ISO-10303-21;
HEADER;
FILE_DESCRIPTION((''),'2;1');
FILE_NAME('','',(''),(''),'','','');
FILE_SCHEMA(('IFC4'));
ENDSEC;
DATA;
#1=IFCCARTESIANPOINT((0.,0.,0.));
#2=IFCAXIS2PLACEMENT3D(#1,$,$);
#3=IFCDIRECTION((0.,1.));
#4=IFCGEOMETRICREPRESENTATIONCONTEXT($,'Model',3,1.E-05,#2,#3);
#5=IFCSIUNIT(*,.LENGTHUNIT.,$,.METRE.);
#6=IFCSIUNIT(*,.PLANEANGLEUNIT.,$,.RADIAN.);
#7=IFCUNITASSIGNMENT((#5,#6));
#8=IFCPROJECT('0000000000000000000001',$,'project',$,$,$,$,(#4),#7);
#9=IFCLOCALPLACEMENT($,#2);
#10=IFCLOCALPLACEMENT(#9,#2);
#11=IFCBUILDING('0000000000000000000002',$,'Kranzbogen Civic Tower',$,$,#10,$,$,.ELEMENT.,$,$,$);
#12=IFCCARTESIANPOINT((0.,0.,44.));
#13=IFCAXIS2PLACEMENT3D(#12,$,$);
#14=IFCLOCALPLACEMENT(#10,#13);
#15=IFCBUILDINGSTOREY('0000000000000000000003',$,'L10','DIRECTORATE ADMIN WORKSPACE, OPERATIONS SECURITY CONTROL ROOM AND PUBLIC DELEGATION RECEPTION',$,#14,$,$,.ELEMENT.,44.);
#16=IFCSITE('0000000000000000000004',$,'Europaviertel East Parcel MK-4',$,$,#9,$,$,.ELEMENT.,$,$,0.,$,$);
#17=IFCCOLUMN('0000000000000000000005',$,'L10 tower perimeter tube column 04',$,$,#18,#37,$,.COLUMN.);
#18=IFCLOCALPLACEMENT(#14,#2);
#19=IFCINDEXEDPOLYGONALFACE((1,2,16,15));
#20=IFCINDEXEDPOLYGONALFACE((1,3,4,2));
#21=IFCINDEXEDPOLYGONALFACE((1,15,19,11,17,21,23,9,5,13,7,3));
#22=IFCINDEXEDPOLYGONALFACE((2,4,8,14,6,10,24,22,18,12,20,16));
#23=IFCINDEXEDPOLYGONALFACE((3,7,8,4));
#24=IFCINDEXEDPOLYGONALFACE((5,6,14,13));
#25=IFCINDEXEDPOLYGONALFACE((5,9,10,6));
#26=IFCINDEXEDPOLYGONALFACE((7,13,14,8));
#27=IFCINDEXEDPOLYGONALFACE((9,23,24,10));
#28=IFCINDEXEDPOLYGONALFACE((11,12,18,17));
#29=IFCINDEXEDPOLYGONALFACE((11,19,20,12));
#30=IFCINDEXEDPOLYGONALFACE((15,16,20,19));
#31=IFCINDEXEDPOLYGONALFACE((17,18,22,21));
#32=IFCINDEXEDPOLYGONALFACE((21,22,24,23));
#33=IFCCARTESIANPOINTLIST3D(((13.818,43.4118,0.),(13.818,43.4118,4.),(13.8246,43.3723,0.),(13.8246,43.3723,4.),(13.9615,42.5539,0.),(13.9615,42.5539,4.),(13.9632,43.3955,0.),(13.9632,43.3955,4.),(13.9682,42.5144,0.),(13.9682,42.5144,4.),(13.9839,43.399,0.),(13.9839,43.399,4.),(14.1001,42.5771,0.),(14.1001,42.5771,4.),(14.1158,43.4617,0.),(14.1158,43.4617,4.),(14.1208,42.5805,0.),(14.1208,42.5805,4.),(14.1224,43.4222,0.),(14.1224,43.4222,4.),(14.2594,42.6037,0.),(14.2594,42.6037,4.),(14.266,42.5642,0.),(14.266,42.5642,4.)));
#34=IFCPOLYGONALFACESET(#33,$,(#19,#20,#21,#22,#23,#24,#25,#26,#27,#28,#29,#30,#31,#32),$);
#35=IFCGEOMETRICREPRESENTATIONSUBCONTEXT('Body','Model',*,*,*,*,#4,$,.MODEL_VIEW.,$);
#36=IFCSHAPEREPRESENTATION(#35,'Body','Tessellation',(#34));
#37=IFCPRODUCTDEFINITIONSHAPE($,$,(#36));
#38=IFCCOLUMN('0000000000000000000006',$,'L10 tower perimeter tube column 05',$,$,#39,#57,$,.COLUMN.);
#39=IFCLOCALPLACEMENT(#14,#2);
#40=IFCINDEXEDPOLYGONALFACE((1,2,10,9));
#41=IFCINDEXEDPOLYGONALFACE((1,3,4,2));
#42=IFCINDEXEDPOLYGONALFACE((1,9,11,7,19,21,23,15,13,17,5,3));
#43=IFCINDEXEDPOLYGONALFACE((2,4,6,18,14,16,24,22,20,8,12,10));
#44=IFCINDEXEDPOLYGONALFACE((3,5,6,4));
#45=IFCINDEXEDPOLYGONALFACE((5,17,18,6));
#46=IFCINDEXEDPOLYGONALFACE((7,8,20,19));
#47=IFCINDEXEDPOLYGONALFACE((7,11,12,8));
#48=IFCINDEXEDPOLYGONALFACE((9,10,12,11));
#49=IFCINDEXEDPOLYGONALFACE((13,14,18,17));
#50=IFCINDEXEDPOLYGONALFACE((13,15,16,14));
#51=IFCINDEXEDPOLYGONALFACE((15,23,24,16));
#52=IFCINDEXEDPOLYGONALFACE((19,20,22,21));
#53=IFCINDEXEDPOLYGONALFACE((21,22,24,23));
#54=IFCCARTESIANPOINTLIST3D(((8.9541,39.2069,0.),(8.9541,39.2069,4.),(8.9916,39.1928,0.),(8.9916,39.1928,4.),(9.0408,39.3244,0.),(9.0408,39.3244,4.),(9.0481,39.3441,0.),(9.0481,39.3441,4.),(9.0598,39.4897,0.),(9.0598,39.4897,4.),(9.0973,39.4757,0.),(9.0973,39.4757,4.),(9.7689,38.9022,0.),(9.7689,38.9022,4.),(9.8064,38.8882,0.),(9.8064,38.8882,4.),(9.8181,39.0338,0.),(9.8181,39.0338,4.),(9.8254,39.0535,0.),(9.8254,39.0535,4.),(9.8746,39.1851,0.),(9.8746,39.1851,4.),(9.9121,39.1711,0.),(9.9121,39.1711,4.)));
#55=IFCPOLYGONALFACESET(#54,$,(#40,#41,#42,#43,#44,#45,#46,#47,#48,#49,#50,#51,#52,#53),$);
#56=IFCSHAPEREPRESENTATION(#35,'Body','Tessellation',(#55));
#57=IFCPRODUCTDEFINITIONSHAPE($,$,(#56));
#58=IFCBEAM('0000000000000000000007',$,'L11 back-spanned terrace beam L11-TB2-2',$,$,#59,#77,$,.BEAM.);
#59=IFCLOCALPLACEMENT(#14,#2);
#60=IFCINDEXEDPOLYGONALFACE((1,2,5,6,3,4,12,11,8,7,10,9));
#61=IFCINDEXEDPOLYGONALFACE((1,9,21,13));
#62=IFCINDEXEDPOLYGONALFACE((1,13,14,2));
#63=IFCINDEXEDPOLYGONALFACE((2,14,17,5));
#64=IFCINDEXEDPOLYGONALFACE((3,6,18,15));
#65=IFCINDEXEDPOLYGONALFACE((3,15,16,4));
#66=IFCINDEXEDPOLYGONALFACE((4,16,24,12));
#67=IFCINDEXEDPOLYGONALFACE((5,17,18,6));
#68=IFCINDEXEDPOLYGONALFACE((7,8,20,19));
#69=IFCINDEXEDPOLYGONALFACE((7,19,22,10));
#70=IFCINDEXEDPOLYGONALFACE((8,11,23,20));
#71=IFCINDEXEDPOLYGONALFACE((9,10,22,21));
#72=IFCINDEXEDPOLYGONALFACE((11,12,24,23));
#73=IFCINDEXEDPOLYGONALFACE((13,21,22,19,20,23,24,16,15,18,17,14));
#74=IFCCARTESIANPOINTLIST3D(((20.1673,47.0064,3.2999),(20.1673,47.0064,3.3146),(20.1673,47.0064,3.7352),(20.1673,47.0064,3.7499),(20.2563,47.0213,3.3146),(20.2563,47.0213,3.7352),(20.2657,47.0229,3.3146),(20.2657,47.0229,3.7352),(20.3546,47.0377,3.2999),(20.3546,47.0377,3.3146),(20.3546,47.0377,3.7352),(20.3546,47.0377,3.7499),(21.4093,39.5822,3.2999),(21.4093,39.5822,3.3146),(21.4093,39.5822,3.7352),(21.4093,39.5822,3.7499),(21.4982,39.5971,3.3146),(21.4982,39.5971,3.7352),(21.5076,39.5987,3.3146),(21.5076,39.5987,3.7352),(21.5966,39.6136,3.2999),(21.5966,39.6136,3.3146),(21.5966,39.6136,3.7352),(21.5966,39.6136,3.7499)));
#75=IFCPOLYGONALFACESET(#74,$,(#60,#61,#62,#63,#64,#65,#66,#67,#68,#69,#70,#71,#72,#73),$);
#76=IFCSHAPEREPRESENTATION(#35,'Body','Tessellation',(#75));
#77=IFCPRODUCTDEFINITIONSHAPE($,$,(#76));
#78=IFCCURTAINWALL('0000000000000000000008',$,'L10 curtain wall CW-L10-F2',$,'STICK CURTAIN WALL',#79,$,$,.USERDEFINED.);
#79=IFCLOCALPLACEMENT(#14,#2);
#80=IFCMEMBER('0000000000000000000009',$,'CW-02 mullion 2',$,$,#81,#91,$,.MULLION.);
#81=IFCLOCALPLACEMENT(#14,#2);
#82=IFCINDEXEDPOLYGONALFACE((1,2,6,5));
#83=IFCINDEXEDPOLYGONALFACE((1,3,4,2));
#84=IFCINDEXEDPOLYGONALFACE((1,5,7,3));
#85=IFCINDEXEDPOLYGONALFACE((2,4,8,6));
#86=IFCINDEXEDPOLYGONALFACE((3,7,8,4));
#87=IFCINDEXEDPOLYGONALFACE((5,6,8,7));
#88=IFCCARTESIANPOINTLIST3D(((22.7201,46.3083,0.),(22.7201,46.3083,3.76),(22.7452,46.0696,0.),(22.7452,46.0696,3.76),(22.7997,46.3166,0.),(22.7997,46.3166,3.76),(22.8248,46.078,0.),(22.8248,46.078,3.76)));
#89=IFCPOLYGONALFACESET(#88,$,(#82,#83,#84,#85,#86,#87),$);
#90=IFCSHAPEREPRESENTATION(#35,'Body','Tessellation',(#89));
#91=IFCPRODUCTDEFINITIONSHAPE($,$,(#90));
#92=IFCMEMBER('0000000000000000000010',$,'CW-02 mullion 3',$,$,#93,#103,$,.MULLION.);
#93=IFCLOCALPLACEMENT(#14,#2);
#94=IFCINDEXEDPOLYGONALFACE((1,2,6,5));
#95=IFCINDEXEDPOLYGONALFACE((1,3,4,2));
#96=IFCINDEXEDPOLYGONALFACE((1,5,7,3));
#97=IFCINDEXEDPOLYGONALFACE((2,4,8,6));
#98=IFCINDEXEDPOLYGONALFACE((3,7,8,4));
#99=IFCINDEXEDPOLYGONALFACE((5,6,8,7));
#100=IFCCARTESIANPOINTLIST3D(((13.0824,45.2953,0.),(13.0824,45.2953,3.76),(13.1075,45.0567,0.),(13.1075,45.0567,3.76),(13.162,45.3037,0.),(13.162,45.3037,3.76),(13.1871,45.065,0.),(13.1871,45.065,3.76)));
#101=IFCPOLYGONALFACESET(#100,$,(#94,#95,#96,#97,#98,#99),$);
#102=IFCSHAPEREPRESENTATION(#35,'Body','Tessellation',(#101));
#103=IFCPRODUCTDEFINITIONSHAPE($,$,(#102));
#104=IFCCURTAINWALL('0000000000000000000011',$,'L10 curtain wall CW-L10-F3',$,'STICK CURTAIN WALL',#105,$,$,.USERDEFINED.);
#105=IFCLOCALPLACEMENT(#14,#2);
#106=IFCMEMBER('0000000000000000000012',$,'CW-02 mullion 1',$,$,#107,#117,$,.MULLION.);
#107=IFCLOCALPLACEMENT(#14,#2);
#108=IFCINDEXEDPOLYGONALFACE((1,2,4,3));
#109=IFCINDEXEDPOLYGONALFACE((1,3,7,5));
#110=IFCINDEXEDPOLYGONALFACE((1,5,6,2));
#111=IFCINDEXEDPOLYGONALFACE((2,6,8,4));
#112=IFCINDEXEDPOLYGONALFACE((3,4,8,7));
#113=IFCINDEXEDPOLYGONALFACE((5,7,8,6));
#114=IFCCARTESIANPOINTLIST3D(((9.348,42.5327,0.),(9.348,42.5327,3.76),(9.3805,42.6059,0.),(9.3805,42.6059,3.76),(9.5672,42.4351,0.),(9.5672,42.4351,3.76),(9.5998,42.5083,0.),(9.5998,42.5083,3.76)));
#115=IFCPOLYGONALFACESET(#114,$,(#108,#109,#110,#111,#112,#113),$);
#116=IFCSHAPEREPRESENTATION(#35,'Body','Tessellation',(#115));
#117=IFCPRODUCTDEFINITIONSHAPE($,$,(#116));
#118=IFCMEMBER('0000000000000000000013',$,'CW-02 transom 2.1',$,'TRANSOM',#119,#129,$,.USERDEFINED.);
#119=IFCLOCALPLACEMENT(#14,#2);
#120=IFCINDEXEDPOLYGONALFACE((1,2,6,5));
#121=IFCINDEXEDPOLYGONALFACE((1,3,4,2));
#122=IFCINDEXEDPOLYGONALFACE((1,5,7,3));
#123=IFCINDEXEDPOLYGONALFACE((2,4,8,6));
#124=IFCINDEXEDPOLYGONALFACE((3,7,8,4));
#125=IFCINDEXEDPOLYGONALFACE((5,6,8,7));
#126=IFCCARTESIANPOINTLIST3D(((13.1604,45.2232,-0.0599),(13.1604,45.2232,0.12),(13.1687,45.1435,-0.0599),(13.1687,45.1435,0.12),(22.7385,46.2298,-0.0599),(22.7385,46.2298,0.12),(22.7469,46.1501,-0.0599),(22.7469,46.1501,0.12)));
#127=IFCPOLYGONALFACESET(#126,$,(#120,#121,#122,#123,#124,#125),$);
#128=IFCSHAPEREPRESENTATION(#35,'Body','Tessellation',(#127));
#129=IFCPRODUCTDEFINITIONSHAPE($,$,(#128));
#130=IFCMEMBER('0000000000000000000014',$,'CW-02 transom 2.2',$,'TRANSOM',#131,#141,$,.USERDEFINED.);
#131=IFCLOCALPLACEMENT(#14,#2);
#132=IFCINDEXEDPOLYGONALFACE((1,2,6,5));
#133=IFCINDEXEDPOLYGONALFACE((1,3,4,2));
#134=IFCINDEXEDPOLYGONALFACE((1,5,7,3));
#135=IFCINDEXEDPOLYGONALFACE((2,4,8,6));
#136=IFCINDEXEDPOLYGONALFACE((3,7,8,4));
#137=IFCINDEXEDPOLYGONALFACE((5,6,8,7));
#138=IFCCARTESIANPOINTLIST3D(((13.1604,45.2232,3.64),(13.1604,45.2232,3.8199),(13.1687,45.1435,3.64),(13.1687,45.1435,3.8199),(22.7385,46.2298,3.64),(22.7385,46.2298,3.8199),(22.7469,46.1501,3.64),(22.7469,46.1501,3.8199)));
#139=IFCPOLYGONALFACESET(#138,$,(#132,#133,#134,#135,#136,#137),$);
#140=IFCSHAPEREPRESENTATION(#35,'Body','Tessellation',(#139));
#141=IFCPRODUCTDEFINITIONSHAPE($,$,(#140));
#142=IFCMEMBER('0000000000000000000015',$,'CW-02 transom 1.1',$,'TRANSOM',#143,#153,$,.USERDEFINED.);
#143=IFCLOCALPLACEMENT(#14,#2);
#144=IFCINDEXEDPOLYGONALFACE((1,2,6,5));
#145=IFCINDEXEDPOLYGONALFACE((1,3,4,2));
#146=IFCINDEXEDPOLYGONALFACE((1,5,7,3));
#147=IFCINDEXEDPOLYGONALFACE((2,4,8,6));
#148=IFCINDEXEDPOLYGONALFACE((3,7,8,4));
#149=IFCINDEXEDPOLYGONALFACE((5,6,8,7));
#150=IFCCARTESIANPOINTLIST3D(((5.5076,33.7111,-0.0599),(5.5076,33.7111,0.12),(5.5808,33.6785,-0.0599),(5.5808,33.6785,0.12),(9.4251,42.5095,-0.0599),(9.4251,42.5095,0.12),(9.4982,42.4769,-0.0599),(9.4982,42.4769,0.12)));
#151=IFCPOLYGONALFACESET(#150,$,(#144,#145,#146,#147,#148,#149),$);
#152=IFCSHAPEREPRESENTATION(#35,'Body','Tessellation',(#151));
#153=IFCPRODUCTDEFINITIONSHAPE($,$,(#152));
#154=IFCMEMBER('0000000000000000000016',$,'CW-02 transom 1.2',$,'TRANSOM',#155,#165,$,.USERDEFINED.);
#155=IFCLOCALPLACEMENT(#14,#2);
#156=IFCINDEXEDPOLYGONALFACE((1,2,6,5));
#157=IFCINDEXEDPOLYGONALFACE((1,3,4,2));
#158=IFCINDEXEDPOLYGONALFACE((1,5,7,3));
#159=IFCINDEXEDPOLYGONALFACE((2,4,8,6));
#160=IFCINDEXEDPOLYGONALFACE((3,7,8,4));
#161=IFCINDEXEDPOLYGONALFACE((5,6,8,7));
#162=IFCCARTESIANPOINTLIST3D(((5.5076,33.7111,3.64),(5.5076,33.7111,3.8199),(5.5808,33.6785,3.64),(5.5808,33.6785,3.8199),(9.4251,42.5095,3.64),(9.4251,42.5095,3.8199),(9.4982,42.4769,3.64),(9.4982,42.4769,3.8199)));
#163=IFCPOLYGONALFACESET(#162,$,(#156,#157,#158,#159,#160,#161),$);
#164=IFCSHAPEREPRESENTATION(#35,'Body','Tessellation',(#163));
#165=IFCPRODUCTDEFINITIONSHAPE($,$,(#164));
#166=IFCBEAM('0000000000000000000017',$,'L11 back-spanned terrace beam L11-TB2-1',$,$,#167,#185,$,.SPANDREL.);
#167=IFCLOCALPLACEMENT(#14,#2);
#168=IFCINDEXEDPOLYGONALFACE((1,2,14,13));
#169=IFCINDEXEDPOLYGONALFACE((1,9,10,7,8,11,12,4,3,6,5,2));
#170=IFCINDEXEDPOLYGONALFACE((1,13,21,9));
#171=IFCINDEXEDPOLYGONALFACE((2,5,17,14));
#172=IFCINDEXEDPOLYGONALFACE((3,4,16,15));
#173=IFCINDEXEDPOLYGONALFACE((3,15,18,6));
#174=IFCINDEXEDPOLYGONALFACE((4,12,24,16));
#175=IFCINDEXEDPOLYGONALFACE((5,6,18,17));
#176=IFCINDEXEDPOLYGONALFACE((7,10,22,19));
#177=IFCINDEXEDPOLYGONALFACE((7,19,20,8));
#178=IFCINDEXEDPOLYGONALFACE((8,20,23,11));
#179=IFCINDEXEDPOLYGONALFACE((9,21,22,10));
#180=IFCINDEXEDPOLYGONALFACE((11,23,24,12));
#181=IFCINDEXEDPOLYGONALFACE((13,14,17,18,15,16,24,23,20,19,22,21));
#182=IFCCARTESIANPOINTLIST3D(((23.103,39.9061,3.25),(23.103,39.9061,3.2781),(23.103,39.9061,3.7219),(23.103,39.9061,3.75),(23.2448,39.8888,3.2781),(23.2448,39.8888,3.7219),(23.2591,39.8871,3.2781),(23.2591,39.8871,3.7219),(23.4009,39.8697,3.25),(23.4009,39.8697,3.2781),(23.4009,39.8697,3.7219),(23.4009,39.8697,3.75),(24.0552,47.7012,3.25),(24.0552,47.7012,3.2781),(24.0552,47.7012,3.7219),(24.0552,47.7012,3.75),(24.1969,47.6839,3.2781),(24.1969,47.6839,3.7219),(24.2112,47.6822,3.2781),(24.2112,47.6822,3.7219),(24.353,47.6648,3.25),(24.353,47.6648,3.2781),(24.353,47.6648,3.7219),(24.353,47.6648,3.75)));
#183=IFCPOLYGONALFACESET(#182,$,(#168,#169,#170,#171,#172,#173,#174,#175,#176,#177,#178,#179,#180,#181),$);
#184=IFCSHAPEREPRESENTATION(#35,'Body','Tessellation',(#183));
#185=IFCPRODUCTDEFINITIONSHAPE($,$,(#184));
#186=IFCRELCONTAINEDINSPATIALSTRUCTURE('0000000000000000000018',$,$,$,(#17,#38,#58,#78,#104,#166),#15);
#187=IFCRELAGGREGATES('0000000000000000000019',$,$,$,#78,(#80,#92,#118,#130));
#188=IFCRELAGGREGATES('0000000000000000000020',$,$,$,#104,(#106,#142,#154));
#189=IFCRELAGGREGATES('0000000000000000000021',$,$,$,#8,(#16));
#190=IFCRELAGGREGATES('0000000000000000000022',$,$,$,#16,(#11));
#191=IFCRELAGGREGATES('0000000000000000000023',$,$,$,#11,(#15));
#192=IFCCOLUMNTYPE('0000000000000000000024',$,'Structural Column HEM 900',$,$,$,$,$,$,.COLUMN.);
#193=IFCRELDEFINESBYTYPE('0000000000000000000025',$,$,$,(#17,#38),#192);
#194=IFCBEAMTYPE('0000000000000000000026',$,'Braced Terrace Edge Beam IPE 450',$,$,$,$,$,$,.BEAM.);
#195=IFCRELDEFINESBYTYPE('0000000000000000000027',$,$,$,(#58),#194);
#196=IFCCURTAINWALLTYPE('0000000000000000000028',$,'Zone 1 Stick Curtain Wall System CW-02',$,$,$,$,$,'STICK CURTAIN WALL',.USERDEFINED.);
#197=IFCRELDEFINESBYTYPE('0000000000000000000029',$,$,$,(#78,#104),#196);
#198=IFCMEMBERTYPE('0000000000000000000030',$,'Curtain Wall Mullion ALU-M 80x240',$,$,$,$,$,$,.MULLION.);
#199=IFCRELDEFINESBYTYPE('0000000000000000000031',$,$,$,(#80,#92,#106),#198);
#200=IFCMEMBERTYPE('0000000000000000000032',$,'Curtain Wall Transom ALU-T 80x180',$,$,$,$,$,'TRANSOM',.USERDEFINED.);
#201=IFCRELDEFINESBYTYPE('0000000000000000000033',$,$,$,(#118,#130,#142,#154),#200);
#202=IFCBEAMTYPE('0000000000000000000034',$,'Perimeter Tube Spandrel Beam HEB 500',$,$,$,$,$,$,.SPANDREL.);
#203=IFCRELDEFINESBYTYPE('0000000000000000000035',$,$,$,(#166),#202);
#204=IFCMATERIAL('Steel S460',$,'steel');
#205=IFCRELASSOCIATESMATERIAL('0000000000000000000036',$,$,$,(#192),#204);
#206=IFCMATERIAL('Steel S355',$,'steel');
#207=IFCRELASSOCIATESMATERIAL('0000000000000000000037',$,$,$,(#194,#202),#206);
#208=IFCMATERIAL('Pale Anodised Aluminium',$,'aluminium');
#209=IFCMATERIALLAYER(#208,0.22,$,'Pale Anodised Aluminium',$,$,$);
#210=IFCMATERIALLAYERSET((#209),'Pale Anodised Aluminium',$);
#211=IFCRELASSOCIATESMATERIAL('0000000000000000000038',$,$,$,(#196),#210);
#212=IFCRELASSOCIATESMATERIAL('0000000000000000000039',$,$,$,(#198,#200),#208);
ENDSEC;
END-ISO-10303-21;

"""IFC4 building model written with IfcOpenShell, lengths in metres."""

from ifc_helpers import new_model, si_unit, direction, frame, origin, origin_2d, place, context, subcontext, project, spatial, rectangle, i_section, extrude, material, layer, layer_set, material_profile, profile_set, type_object, element, aggregate, save


model = new_model("IFC4")

# Units and contexts
model_context = context("Model", 3, precision=1e-05, world=origin(), true_north=direction((0.0, 1.0)))
body_context = subcontext(model_context, "Body", "Model", "MODEL_VIEW")
ifc_project = project(units=[si_unit("LENGTHUNIT", "METRE"), si_unit("PLANEANGLEUNIT", "RADIAN")], contexts=[model_context])

# Site, building, storey
site_placement = place(None, origin())
site = spatial("IfcSite", under=ifc_project, at=site_placement, Name="Europaviertel East Parcel MK-4", CompositionType="ELEMENT", RefElevation=0.0)
building_placement = place(site_placement, origin())
building = spatial("IfcBuilding", under=site, at=building_placement, Name="Kranzbogen Civic Tower", CompositionType="ELEMENT")
storey_placement = place(building_placement, frame((0.0, 0.0, 44.0)))
storey = spatial("IfcBuildingStorey", under=building, at=storey_placement, Name="L10", Description="DIRECTORATE ADMIN WORKSPACE, OPERATIONS SECURITY CONTROL ROOM AND PUBLIC DELEGATION RECEPTION", CompositionType="ELEMENT", Elevation=44.0)

# Columns
ifc_material_1 = material(Name="Steel S460", Category="steel")
ifc_material_profile_1 = material_profile(ifc_material_1, i_section(OverallWidth=0.302, OverallDepth=0.9099, WebThickness=0.021, FlangeThickness=0.04, at=origin_2d()), Name="HEM 900")
ifc_profile_set_1 = profile_set([ifc_material_profile_1], Name="Steel S460")
column_type = type_object("IfcColumnType", Name="Structural Column HEM 900", PredefinedType="COLUMN", material=ifc_profile_set_1)
for number, where, z_axis, x_axis, name in (
    (1, (14.042, 42.988, 0.0), (0.0, 0.0, 1.0), (0.986286, 0.165048, 0.0), "L10 tower perimeter tube column 04"),
    (2, (9.4331, 39.189, 0.0), (0.0, 0.0, 1.0), (0.350207, 0.936672, 0.0), "L10 tower perimeter tube column 05"),
):
    element("IfcColumn", number, at=place(storey_placement, frame(where, z_axis=z_axis, x_axis=x_axis)), inside=storey, type_object=column_type, Name=name, PredefinedType="COLUMN", context=body_context, shape_type="SweptSolid", body=[
        extrude(i_section(OverallWidth=0.302, OverallDepth=0.9099, WebThickness=0.021, FlangeThickness=0.04, at=origin_2d()), origin(), (0.0, 0.0, 1.0), 4.0),
    ])

# Beam
ifc_material_2 = material(Name="Steel S355", Category="steel")
ifc_material_profile_2 = material_profile(ifc_material_2, i_section(OverallWidth=0.1899, OverallDepth=0.45, WebThickness=0.0095, FlangeThickness=0.0146, at=origin_2d()), Name="IPE 450")
ifc_profile_set_2 = profile_set([ifc_material_profile_2], Name="Steel S355")
beam_type_1 = type_object("IfcBeamType", Name="Braced Terrace Edge Beam IPE 450", PredefinedType="BEAM", material=ifc_profile_set_2)
beam_1_placement = place(storey_placement, frame((21.5029, 39.5979, 3.5249), z_axis=(-0.164993, 0.986295, 0.0), x_axis=(-0.986295, -0.164993, 0.0)))
element("IfcBeam", 3, at=beam_1_placement, inside=storey, type_object=beam_type_1, Name="L11 back-spanned terrace beam L11-TB2-2", PredefinedType="BEAM", context=body_context, shape_type="SweptSolid", body=[
    extrude(i_section(OverallWidth=0.1899, OverallDepth=0.45, WebThickness=0.0095, FlangeThickness=0.0146, at=origin_2d()), origin(), (0.0, 0.0, 1.0), 7.5273),
])

# Curtain wall, members
ifc_material_3 = material(Name="Pale Anodised Aluminium", Category="aluminium")
ifc_layer_1 = layer(ifc_material_3, 0.22, Name="Pale Anodised Aluminium")
ifc_layer_set_1 = layer_set([ifc_layer_1], Name="Pale Anodised Aluminium")
curtain_wall_type = type_object("IfcCurtainWallType", Name="Zone 1 Stick Curtain Wall System CW-02", ElementType="STICK CURTAIN WALL", PredefinedType="USERDEFINED", material=ifc_layer_set_1)
curtain_wall_1_placement = place(storey_placement, origin())
curtain_wall_1 = element("IfcCurtainWall", 4, at=curtain_wall_1_placement, inside=storey, type_object=curtain_wall_type, Name="L10 curtain wall CW-L10-F2", ObjectType="STICK CURTAIN WALL", PredefinedType="USERDEFINED")
ifc_material_profile_3 = material_profile(ifc_material_3, rectangle(XDim=0.0801, YDim=0.24, at=origin_2d()), Name="ALU-M 80x240")
ifc_profile_set_3 = profile_set([ifc_material_profile_3], Name="Pale Anodised Aluminium")
member_type_1 = type_object("IfcMemberType", Name="Curtain Wall Mullion ALU-M 80x240", PredefinedType="MULLION", material=ifc_profile_set_3)
member_1_placement = place(storey_placement, frame((22.7725, 46.1931, 0.0), z_axis=(0.0, 0.0, 1.0), x_axis=(-0.994523, -0.104519, 0.0)))
member_1 = element("IfcMember", 5, at=member_1_placement, type_object=member_type_1, Name="CW-02 mullion 2", PredefinedType="MULLION", context=body_context, shape_type="SweptSolid", body=[
    extrude(rectangle(XDim=0.0801, YDim=0.24, at=origin_2d()), origin(), (0.0, 0.0, 1.0), 3.76),
])
member_2_placement = place(storey_placement, frame((13.1348, 45.1802, 0.0), z_axis=(0.0, 0.0, 1.0), x_axis=(-0.994523, -0.104519, 0.0)))
member_2 = element("IfcMember", 6, at=member_2_placement, type_object=member_type_1, Name="CW-02 mullion 3", PredefinedType="MULLION", context=body_context, shape_type="SweptSolid", body=[
    extrude(rectangle(XDim=0.0801, YDim=0.24, at=origin_2d()), origin(), (0.0, 0.0, 1.0), 3.76),
])

# Curtain wall, member
curtain_wall_2_placement = place(storey_placement, origin())
curtain_wall_2 = element("IfcCurtainWall", 7, at=curtain_wall_2_placement, inside=storey, type_object=curtain_wall_type, Name="L10 curtain wall CW-L10-F3", ObjectType="STICK CURTAIN WALL", PredefinedType="USERDEFINED")
member_3_placement = place(storey_placement, frame((9.4739, 42.5205, 0.0), z_axis=(0.0, 0.0, 1.0), x_axis=(-0.406749, -0.91354, 0.0)))
member_3 = element("IfcMember", 8, at=member_3_placement, type_object=member_type_1, Name="CW-02 mullion 1", PredefinedType="MULLION", context=body_context, shape_type="SweptSolid", body=[
    extrude(rectangle(XDim=0.0801, YDim=0.24, at=origin_2d()), origin(), (0.0, 0.0, 1.0), 3.76),
])

# Members
ifc_material_profile_4 = material_profile(ifc_material_3, rectangle(XDim=0.0801, YDim=0.1799, at=origin_2d()), Name="ALU-T 80x180")
ifc_profile_set_4 = profile_set([ifc_material_profile_4], Name="Pale Anodised Aluminium")
member_type_2 = type_object("IfcMemberType", Name="Curtain Wall Transom ALU-T 80x180", ElementType="TRANSOM", PredefinedType="USERDEFINED", material=ifc_profile_set_4)
member_4_placement = place(storey_placement, frame((22.7427, 46.1899, 0.03), z_axis=(-0.994523, -0.104517, 0.0), x_axis=(0.104517, -0.994523, 0.0)))
member_4 = element("IfcMember", 9, at=member_4_placement, type_object=member_type_2, Name="CW-02 transom 2.1", ObjectType="TRANSOM", PredefinedType="USERDEFINED", context=body_context, shape_type="SweptSolid", body=[
    extrude(rectangle(XDim=0.0801, YDim=0.1799, at=origin_2d()), origin(), (0.0, 0.0, 1.0), 9.6309),
])
member_5_placement = place(storey_placement, frame((22.7427, 46.1899, 3.73), z_axis=(-0.994523, -0.104517, 0.0), x_axis=(0.104517, -0.994523, 0.0)))
member_5 = element("IfcMember", 10, at=member_5_placement, type_object=member_type_2, Name="CW-02 transom 2.2", ObjectType="TRANSOM", PredefinedType="USERDEFINED", context=body_context, shape_type="SweptSolid", body=[
    extrude(rectangle(XDim=0.0801, YDim=0.1799, at=origin_2d()), origin(), (0.0, 0.0, 1.0), 9.6309),
])
member_6_placement = place(storey_placement, frame((9.4617, 42.4932, 0.03), z_axis=(-0.406755, -0.913537, 0.0), x_axis=(0.913537, -0.406755, 0.0)))
member_6 = element("IfcMember", 11, at=member_6_placement, type_object=member_type_2, Name="CW-02 transom 1.1", ObjectType="TRANSOM", PredefinedType="USERDEFINED", context=body_context, shape_type="SweptSolid", body=[
    extrude(rectangle(XDim=0.0801, YDim=0.1799, at=origin_2d()), origin(), (0.0, 0.0, 1.0), 9.6311),
])
member_7_placement = place(storey_placement, frame((9.4617, 42.4932, 3.73), z_axis=(-0.406755, -0.913537, 0.0), x_axis=(0.913537, -0.406755, 0.0)))
member_7 = element("IfcMember", 12, at=member_7_placement, type_object=member_type_2, Name="CW-02 transom 1.2", ObjectType="TRANSOM", PredefinedType="USERDEFINED", context=body_context, shape_type="SweptSolid", body=[
    extrude(rectangle(XDim=0.0801, YDim=0.1799, at=origin_2d()), origin(), (0.0, 0.0, 1.0), 9.6311),
])

# Beam
ifc_material_profile_5 = material_profile(ifc_material_2, i_section(OverallWidth=0.3, OverallDepth=0.5, WebThickness=0.0144, FlangeThickness=0.0281, at=origin_2d()), Name="HEB 500")
ifc_profile_set_5 = profile_set([ifc_material_profile_5], Name="Steel S355")
beam_type_2 = type_object("IfcBeamType", Name="Perimeter Tube Spandrel Beam HEB 500", PredefinedType="SPANDREL", material=ifc_profile_set_5)
beam_2_placement = place(storey_placement, frame((23.252, 39.8879, 3.5), z_axis=(0.121245, 0.992623, 0.0), x_axis=(-0.992623, 0.121245, 0.0)))
element("IfcBeam", 13, at=beam_2_placement, inside=storey, type_object=beam_type_2, Name="L11 back-spanned terrace beam L11-TB2-1", PredefinedType="SPANDREL", context=body_context, shape_type="SweptSolid", body=[
    extrude(i_section(OverallWidth=0.3, OverallDepth=0.5, WebThickness=0.0144, FlangeThickness=0.0281, at=origin_2d()), origin(), (0.0, 0.0, 1.0), 7.853),
])

aggregate(curtain_wall_1, [member_1, member_2, member_4, member_5])
aggregate(curtain_wall_2, [member_3, member_6, member_7])

save(model, "model.ifc")
